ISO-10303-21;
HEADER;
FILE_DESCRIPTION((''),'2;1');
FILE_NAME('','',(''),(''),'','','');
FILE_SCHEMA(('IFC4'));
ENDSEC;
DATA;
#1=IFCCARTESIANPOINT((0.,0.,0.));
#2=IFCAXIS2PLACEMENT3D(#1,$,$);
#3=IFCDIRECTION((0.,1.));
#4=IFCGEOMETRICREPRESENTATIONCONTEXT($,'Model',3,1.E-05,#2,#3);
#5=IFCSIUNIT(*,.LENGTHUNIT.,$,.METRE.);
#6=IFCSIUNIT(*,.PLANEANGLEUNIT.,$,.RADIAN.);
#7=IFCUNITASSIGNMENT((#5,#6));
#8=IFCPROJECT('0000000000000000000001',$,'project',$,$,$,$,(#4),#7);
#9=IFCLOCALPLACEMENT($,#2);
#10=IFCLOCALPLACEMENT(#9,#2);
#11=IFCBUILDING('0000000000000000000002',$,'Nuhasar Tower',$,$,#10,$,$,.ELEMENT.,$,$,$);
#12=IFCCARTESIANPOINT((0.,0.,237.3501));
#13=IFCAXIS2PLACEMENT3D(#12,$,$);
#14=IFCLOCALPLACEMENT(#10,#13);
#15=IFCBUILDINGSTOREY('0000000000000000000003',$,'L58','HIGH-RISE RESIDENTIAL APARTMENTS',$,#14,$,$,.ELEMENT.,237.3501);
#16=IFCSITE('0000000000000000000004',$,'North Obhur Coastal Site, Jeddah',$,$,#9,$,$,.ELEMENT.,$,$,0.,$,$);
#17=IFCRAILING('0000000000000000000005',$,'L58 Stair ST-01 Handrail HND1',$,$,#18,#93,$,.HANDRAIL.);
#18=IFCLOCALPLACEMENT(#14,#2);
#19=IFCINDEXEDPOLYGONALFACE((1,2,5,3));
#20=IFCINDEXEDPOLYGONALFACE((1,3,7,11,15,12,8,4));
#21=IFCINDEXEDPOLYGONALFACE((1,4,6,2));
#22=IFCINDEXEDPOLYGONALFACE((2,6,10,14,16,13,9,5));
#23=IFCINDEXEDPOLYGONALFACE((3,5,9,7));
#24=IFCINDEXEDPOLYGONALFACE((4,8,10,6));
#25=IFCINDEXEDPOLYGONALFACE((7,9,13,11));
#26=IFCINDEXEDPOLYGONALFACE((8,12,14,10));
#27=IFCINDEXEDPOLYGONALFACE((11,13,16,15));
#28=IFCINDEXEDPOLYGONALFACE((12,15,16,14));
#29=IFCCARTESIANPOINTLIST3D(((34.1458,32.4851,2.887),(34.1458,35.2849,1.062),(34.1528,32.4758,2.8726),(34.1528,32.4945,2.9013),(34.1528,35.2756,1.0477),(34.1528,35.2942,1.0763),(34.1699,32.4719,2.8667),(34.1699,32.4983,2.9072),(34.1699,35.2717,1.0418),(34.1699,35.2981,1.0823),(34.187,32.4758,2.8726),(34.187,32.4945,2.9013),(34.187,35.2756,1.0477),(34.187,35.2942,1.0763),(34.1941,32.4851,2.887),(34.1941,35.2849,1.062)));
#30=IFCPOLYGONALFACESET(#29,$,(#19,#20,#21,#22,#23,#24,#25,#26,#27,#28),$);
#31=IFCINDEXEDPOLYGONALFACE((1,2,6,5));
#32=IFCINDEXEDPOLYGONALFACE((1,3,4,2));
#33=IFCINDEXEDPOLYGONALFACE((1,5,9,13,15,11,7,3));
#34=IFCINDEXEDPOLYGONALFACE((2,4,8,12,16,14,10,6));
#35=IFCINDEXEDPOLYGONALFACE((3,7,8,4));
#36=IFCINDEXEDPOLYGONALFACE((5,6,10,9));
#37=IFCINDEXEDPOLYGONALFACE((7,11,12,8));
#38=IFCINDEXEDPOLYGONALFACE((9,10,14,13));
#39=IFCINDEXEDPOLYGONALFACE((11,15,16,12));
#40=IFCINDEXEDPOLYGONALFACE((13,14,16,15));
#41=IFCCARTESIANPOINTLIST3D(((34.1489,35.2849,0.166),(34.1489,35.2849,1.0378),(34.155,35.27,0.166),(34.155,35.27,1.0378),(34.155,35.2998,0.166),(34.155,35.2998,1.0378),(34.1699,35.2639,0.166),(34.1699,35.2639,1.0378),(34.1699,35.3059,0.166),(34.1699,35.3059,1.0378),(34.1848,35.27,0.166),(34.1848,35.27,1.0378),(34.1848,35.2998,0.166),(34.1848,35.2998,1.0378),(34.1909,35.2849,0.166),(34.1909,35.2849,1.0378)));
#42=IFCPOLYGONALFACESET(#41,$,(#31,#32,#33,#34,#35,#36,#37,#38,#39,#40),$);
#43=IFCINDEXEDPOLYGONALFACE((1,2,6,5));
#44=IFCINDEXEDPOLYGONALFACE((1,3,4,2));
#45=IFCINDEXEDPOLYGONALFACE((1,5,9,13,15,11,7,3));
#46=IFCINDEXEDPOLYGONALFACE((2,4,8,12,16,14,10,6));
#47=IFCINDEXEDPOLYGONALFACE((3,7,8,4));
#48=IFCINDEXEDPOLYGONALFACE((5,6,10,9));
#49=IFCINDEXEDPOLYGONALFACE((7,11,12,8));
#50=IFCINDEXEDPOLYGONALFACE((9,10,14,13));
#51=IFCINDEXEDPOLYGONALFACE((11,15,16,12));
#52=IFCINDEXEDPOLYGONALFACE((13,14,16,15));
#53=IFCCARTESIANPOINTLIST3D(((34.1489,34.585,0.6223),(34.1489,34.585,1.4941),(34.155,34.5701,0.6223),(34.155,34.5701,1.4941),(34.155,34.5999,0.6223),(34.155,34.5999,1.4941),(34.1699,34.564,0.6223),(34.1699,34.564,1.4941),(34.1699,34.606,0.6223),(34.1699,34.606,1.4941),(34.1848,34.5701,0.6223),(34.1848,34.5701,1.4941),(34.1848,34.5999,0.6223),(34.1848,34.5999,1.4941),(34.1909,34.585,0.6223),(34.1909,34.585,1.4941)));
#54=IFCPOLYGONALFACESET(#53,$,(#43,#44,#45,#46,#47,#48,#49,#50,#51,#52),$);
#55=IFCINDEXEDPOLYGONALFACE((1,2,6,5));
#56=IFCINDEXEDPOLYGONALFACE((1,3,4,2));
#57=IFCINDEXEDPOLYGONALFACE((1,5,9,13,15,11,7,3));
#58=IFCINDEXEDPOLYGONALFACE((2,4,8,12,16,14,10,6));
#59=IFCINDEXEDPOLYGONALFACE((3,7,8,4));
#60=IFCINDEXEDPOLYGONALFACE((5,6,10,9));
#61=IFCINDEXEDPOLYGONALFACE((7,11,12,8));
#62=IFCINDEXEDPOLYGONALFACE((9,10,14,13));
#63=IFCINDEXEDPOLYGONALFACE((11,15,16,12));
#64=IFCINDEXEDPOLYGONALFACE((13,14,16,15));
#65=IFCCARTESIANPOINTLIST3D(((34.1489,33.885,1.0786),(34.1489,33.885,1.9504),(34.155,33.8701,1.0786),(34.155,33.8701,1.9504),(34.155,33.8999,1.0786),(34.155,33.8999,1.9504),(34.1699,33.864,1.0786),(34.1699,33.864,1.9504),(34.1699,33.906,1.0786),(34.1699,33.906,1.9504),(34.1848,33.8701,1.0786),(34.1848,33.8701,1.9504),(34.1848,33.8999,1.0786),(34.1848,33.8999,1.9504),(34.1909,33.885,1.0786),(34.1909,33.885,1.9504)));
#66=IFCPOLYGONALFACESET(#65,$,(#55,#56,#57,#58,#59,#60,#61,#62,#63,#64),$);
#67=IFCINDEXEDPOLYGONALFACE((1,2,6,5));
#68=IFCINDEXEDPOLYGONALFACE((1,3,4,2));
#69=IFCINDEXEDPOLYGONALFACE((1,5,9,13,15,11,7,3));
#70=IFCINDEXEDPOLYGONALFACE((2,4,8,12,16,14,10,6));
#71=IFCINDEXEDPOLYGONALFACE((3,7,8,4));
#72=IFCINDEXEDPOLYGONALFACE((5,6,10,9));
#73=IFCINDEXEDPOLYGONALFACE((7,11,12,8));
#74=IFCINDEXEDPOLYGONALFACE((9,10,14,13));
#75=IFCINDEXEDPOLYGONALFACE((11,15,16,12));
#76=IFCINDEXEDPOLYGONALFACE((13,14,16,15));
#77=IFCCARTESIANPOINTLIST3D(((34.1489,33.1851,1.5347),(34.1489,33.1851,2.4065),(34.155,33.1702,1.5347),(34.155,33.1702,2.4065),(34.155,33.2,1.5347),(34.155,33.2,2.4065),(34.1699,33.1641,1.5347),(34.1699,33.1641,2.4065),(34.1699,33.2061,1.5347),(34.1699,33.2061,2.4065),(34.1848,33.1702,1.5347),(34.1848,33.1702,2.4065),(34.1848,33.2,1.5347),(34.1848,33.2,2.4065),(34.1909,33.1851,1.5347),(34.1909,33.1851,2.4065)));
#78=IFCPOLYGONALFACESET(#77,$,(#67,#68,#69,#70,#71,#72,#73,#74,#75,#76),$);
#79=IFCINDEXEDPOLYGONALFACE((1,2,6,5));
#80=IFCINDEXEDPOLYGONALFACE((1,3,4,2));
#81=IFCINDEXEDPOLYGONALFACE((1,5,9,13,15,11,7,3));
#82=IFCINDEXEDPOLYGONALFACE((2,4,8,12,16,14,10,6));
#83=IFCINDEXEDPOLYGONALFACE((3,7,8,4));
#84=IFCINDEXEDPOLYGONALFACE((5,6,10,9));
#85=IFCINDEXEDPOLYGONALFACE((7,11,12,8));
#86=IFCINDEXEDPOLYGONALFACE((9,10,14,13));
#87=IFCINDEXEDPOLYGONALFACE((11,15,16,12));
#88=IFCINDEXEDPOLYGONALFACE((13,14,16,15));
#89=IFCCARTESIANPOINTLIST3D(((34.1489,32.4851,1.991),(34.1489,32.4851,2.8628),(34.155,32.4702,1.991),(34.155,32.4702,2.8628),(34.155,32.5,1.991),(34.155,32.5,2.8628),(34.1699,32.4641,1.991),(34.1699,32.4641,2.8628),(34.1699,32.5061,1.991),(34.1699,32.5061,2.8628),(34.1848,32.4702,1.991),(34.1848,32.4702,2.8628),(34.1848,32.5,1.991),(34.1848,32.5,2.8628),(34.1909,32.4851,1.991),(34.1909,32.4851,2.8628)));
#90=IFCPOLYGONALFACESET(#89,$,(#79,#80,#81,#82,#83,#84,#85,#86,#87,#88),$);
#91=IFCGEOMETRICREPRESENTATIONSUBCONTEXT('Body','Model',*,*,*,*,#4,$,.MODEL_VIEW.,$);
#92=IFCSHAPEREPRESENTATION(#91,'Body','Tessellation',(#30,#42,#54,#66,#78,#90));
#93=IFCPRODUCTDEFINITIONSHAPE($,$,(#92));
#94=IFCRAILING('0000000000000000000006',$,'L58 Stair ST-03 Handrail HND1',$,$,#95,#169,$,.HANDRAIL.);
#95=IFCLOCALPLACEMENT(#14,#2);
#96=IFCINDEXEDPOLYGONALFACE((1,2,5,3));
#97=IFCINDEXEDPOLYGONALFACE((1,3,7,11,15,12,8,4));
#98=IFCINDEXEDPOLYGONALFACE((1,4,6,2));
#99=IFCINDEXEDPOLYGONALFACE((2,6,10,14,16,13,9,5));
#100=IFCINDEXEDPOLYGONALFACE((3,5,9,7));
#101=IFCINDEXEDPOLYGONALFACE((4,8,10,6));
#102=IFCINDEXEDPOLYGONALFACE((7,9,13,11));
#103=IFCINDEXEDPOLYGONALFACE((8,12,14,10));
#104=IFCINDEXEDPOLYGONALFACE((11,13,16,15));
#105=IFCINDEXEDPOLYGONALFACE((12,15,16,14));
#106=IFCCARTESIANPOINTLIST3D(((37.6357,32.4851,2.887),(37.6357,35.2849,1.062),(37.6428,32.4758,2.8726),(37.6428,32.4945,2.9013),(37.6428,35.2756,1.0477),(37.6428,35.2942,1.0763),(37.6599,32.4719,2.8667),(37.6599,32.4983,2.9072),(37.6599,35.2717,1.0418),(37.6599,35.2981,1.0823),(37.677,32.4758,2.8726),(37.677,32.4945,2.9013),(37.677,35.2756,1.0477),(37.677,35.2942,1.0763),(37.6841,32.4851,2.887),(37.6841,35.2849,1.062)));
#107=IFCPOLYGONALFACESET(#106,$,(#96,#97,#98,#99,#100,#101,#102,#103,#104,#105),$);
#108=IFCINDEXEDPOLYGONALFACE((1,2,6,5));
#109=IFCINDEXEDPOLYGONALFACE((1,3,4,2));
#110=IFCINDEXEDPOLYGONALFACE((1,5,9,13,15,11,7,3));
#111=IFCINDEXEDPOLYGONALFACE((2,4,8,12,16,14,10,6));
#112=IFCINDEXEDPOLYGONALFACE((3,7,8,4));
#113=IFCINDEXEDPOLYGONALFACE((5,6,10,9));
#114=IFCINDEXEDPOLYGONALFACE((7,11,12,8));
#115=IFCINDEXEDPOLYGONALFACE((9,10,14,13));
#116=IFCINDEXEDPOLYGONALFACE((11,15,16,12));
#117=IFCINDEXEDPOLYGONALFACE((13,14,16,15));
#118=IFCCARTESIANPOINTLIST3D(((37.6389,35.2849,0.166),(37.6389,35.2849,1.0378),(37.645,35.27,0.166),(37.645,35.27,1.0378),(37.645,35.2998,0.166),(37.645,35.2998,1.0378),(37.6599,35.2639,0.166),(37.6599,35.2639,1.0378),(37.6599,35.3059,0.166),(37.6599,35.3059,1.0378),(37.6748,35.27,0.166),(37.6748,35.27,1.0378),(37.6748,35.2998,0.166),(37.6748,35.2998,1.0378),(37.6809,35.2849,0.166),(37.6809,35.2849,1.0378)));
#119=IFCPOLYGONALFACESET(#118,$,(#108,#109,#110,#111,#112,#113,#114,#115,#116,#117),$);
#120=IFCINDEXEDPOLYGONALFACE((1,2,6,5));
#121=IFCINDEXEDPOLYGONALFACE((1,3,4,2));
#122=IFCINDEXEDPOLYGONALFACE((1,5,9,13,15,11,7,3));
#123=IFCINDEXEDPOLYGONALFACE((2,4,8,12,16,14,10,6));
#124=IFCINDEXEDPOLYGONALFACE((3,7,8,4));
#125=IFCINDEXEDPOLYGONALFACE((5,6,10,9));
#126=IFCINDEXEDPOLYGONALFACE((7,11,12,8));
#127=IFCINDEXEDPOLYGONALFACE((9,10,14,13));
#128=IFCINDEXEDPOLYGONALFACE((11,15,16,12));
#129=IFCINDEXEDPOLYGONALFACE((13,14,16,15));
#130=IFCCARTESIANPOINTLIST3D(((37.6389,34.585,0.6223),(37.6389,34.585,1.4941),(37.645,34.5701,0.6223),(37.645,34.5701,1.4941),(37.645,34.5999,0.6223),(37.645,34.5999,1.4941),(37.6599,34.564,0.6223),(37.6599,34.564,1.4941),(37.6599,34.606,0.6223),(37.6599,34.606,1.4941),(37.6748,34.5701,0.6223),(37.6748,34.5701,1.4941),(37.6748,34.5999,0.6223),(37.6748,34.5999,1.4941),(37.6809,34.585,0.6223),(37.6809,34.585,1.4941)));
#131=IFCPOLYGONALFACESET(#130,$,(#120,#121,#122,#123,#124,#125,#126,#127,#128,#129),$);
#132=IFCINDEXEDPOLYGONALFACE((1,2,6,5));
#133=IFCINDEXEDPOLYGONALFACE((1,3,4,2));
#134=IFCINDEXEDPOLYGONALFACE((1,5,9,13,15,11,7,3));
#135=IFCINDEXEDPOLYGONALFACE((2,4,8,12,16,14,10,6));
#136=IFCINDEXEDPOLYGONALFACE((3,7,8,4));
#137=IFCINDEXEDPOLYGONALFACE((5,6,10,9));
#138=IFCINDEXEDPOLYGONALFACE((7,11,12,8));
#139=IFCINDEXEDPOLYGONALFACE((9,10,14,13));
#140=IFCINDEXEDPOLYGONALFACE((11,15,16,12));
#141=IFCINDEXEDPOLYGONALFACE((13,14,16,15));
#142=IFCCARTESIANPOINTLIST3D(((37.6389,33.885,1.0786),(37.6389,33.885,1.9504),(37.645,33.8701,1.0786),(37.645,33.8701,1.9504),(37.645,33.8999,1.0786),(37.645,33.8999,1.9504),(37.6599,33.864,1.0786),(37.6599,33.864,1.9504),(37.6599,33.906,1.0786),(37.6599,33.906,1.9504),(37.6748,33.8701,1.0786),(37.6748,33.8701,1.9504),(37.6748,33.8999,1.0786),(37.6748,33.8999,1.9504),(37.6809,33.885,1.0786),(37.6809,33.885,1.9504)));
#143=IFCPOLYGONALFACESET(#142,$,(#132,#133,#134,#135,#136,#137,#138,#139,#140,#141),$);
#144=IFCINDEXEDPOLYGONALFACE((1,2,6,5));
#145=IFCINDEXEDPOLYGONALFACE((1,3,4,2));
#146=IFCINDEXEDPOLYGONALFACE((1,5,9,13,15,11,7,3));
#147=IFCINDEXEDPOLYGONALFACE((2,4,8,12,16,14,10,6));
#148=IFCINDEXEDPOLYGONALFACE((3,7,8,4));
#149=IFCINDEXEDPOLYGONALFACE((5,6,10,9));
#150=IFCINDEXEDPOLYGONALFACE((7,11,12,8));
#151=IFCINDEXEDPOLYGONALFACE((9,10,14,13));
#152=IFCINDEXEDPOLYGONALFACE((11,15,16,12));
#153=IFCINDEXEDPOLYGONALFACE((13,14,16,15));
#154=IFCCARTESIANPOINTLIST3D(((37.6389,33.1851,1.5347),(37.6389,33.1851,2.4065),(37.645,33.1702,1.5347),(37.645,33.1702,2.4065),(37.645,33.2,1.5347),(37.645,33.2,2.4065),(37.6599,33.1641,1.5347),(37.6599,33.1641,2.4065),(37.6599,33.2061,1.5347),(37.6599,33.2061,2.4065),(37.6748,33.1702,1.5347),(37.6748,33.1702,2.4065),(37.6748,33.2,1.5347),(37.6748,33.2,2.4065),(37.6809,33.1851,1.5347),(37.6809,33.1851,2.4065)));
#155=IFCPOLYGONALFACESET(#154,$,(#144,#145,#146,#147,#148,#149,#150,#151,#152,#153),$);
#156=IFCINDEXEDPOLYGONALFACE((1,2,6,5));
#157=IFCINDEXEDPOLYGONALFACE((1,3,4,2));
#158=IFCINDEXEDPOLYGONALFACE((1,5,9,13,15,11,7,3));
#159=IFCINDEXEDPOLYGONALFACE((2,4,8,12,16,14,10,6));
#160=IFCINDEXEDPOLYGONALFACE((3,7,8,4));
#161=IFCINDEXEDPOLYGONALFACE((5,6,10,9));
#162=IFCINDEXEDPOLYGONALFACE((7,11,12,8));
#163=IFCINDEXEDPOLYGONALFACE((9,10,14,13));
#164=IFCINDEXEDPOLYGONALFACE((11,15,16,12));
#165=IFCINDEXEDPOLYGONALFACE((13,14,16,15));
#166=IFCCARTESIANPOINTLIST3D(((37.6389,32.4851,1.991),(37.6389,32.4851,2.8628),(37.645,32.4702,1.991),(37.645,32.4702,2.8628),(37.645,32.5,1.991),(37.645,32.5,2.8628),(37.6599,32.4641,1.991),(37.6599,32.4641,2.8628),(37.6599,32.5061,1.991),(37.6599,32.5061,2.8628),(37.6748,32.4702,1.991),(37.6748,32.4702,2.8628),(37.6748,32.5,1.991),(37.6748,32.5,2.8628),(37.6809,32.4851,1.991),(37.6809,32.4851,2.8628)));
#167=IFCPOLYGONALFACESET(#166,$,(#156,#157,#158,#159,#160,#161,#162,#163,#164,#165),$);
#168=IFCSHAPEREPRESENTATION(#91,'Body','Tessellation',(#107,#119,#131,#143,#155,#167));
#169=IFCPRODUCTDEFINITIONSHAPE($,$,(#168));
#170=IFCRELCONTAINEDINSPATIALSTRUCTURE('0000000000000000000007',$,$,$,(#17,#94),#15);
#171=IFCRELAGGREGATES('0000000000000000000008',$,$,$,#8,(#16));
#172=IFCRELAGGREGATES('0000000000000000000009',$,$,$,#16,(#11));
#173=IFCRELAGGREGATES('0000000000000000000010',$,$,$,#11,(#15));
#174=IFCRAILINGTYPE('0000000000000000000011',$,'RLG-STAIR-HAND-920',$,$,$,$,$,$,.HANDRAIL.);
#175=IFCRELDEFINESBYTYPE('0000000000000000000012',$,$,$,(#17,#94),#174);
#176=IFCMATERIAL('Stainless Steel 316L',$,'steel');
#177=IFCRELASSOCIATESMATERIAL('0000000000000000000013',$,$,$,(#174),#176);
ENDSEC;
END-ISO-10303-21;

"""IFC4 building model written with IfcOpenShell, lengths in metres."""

from ifc_helpers import new_model, si_unit, direction, frame, origin, place, context, subcontext, project, spatial, polyline, outline, extrude, material, type_object, element, save


model = new_model("IFC4")

# Units and contexts
model_context = context("Model", 3, precision=1e-05, world=origin(), true_north=direction((0.0, 1.0)))
body_context = subcontext(model_context, "Body", "Model", "MODEL_VIEW")
ifc_project = project(units=[si_unit("LENGTHUNIT", "METRE"), si_unit("PLANEANGLEUNIT", "RADIAN")], contexts=[model_context])

# Site, building, storey
site_placement = place(None, origin())
site = spatial("IfcSite", under=ifc_project, at=site_placement, Name="North Obhur Coastal Site, Jeddah", CompositionType="ELEMENT", RefElevation=0.0)
building_placement = place(site_placement, origin())
building = spatial("IfcBuilding", under=site, at=building_placement, Name="Nuhasar Tower", CompositionType="ELEMENT")
storey_placement = place(building_placement, frame((0.0, 0.0, 237.3501)))
storey = spatial("IfcBuildingStorey", under=building, at=storey_placement, Name="L58", Description="HIGH-RISE RESIDENTIAL APARTMENTS", CompositionType="ELEMENT", Elevation=237.3501)

# Railings
ifc_material_1 = material(Name="Stainless Steel 316L", Category="steel")
railing_type_1 = type_object("IfcRailingType", Name="RLG-STAIR-HAND-920", PredefinedType="HANDRAIL", material=ifc_material_1)
railing_1_placement = place(storey_placement, frame((34.1699, 35.2849, 0.166)))
element("IfcRailing", 1, at=railing_1_placement, inside=storey, type_object=railing_type_1, Name="L58 Stair ST-01 Handrail HND1", PredefinedType="HANDRAIL", context=body_context, shape_type="SweptSolid", body=[
    extrude(outline(polyline([(0.0242, 0.0), (0.0171, 0.0171), (0.0, 0.0242), (-0.0171, 0.0171), (-0.0242, 0.0), (-0.0171, -0.0171), (0.0, -0.0242), (0.0171, -0.0171), (0.0242, 0.0)])), frame((0.0, 0.0, 0.896), z_axis=(0.0, -0.837749, 0.546056), x_axis=(1.0, 0.0, 0.0)), (0.0, 0.0, 1.0), 3.342),
    extrude(outline(polyline([(0.021, 0.0), (0.0149, 0.0149), (0.0, 0.021), (-0.0149, 0.0149), (-0.021, 0.0), (-0.0149, -0.0149), (0.0, -0.021), (0.0149, -0.0149), (0.021, 0.0)])), origin(), (0.0, 0.0, 1.0), 0.8718),
    extrude(outline(polyline([(0.021, 0.0), (0.0149, 0.0149), (0.0, 0.021), (-0.0149, 0.0149), (-0.021, 0.0), (-0.0149, -0.0149), (0.0, -0.021), (0.0149, -0.0149), (0.021, 0.0)])), frame((0.0, -0.7, 0.4563)), (0.0, 0.0, 1.0), 0.8718),
    extrude(outline(polyline([(0.021, 0.0), (0.0149, 0.0149), (0.0, 0.021), (-0.0149, 0.0149), (-0.021, 0.0), (-0.0149, -0.0149), (0.0, -0.021), (0.0149, -0.0149), (0.021, 0.0)])), frame((0.0, -1.3999, 0.9126)), (0.0, 0.0, 1.0), 0.8718),
    extrude(outline(polyline([(0.021, 0.0), (0.0149, 0.0149), (0.0, 0.021), (-0.0149, 0.0149), (-0.021, 0.0), (-0.0149, -0.0149), (0.0, -0.021), (0.0149, -0.0149), (0.021, 0.0)])), frame((0.0, -2.0999, 1.3687)), (0.0, 0.0, 1.0), 0.8718),
    extrude(outline(polyline([(0.021, 0.0), (0.0149, 0.0149), (0.0, 0.021), (-0.0149, 0.0149), (-0.021, 0.0), (-0.0149, -0.0149), (0.0, -0.021), (0.0149, -0.0149), (0.021, 0.0)])), frame((0.0, -2.7998, 1.825)), (0.0, 0.0, 1.0), 0.8718),
])
railing_2_placement = place(storey_placement, frame((37.6599, 35.2849, 0.166)))
element("IfcRailing", 2, at=railing_2_placement, inside=storey, type_object=railing_type_1, Name="L58 Stair ST-03 Handrail HND1", PredefinedType="HANDRAIL", context=body_context, shape_type="SweptSolid", body=[
    extrude(outline(polyline([(0.0242, 0.0), (0.0171, 0.0171), (0.0, 0.0242), (-0.0171, 0.0171), (-0.0242, 0.0), (-0.0171, -0.0171), (0.0, -0.0242), (0.0171, -0.0171), (0.0242, 0.0)])), frame((0.0, 0.0, 0.896), z_axis=(0.0, -0.837749, 0.546056), x_axis=(1.0, 0.0, 0.0)), (0.0, 0.0, 1.0), 3.342),
    extrude(outline(polyline([(0.021, 0.0), (0.0149, 0.0149), (0.0, 0.021), (-0.0149, 0.0149), (-0.021, 0.0), (-0.0149, -0.0149), (0.0, -0.021), (0.0149, -0.0149), (0.021, 0.0)])), origin(), (0.0, 0.0, 1.0), 0.8718),
    extrude(outline(polyline([(0.021, 0.0), (0.0149, 0.0149), (0.0, 0.021), (-0.0149, 0.0149), (-0.021, 0.0), (-0.0149, -0.0149), (0.0, -0.021), (0.0149, -0.0149), (0.021, 0.0)])), frame((0.0, -0.7, 0.4563)), (0.0, 0.0, 1.0), 0.8718),
    extrude(outline(polyline([(0.021, 0.0), (0.0149, 0.0149), (0.0, 0.021), (-0.0149, 0.0149), (-0.021, 0.0), (-0.0149, -0.0149), (0.0, -0.021), (0.0149, -0.0149), (0.021, 0.0)])), frame((0.0, -1.3999, 0.9126)), (0.0, 0.0, 1.0), 0.8718),
    extrude(outline(polyline([(0.021, 0.0), (0.0149, 0.0149), (0.0, 0.021), (-0.0149, 0.0149), (-0.021, 0.0), (-0.0149, -0.0149), (0.0, -0.021), (0.0149, -0.0149), (0.021, 0.0)])), frame((0.0, -2.0999, 1.3687)), (0.0, 0.0, 1.0), 0.8718),
    extrude(outline(polyline([(0.021, 0.0), (0.0149, 0.0149), (0.0, 0.021), (-0.0149, 0.0149), (-0.021, 0.0), (-0.0149, -0.0149), (0.0, -0.021), (0.0149, -0.0149), (0.021, 0.0)])), frame((0.0, -2.7998, 1.825)), (0.0, 0.0, 1.0), 0.8718),
])

save(model, "model.ifc")
